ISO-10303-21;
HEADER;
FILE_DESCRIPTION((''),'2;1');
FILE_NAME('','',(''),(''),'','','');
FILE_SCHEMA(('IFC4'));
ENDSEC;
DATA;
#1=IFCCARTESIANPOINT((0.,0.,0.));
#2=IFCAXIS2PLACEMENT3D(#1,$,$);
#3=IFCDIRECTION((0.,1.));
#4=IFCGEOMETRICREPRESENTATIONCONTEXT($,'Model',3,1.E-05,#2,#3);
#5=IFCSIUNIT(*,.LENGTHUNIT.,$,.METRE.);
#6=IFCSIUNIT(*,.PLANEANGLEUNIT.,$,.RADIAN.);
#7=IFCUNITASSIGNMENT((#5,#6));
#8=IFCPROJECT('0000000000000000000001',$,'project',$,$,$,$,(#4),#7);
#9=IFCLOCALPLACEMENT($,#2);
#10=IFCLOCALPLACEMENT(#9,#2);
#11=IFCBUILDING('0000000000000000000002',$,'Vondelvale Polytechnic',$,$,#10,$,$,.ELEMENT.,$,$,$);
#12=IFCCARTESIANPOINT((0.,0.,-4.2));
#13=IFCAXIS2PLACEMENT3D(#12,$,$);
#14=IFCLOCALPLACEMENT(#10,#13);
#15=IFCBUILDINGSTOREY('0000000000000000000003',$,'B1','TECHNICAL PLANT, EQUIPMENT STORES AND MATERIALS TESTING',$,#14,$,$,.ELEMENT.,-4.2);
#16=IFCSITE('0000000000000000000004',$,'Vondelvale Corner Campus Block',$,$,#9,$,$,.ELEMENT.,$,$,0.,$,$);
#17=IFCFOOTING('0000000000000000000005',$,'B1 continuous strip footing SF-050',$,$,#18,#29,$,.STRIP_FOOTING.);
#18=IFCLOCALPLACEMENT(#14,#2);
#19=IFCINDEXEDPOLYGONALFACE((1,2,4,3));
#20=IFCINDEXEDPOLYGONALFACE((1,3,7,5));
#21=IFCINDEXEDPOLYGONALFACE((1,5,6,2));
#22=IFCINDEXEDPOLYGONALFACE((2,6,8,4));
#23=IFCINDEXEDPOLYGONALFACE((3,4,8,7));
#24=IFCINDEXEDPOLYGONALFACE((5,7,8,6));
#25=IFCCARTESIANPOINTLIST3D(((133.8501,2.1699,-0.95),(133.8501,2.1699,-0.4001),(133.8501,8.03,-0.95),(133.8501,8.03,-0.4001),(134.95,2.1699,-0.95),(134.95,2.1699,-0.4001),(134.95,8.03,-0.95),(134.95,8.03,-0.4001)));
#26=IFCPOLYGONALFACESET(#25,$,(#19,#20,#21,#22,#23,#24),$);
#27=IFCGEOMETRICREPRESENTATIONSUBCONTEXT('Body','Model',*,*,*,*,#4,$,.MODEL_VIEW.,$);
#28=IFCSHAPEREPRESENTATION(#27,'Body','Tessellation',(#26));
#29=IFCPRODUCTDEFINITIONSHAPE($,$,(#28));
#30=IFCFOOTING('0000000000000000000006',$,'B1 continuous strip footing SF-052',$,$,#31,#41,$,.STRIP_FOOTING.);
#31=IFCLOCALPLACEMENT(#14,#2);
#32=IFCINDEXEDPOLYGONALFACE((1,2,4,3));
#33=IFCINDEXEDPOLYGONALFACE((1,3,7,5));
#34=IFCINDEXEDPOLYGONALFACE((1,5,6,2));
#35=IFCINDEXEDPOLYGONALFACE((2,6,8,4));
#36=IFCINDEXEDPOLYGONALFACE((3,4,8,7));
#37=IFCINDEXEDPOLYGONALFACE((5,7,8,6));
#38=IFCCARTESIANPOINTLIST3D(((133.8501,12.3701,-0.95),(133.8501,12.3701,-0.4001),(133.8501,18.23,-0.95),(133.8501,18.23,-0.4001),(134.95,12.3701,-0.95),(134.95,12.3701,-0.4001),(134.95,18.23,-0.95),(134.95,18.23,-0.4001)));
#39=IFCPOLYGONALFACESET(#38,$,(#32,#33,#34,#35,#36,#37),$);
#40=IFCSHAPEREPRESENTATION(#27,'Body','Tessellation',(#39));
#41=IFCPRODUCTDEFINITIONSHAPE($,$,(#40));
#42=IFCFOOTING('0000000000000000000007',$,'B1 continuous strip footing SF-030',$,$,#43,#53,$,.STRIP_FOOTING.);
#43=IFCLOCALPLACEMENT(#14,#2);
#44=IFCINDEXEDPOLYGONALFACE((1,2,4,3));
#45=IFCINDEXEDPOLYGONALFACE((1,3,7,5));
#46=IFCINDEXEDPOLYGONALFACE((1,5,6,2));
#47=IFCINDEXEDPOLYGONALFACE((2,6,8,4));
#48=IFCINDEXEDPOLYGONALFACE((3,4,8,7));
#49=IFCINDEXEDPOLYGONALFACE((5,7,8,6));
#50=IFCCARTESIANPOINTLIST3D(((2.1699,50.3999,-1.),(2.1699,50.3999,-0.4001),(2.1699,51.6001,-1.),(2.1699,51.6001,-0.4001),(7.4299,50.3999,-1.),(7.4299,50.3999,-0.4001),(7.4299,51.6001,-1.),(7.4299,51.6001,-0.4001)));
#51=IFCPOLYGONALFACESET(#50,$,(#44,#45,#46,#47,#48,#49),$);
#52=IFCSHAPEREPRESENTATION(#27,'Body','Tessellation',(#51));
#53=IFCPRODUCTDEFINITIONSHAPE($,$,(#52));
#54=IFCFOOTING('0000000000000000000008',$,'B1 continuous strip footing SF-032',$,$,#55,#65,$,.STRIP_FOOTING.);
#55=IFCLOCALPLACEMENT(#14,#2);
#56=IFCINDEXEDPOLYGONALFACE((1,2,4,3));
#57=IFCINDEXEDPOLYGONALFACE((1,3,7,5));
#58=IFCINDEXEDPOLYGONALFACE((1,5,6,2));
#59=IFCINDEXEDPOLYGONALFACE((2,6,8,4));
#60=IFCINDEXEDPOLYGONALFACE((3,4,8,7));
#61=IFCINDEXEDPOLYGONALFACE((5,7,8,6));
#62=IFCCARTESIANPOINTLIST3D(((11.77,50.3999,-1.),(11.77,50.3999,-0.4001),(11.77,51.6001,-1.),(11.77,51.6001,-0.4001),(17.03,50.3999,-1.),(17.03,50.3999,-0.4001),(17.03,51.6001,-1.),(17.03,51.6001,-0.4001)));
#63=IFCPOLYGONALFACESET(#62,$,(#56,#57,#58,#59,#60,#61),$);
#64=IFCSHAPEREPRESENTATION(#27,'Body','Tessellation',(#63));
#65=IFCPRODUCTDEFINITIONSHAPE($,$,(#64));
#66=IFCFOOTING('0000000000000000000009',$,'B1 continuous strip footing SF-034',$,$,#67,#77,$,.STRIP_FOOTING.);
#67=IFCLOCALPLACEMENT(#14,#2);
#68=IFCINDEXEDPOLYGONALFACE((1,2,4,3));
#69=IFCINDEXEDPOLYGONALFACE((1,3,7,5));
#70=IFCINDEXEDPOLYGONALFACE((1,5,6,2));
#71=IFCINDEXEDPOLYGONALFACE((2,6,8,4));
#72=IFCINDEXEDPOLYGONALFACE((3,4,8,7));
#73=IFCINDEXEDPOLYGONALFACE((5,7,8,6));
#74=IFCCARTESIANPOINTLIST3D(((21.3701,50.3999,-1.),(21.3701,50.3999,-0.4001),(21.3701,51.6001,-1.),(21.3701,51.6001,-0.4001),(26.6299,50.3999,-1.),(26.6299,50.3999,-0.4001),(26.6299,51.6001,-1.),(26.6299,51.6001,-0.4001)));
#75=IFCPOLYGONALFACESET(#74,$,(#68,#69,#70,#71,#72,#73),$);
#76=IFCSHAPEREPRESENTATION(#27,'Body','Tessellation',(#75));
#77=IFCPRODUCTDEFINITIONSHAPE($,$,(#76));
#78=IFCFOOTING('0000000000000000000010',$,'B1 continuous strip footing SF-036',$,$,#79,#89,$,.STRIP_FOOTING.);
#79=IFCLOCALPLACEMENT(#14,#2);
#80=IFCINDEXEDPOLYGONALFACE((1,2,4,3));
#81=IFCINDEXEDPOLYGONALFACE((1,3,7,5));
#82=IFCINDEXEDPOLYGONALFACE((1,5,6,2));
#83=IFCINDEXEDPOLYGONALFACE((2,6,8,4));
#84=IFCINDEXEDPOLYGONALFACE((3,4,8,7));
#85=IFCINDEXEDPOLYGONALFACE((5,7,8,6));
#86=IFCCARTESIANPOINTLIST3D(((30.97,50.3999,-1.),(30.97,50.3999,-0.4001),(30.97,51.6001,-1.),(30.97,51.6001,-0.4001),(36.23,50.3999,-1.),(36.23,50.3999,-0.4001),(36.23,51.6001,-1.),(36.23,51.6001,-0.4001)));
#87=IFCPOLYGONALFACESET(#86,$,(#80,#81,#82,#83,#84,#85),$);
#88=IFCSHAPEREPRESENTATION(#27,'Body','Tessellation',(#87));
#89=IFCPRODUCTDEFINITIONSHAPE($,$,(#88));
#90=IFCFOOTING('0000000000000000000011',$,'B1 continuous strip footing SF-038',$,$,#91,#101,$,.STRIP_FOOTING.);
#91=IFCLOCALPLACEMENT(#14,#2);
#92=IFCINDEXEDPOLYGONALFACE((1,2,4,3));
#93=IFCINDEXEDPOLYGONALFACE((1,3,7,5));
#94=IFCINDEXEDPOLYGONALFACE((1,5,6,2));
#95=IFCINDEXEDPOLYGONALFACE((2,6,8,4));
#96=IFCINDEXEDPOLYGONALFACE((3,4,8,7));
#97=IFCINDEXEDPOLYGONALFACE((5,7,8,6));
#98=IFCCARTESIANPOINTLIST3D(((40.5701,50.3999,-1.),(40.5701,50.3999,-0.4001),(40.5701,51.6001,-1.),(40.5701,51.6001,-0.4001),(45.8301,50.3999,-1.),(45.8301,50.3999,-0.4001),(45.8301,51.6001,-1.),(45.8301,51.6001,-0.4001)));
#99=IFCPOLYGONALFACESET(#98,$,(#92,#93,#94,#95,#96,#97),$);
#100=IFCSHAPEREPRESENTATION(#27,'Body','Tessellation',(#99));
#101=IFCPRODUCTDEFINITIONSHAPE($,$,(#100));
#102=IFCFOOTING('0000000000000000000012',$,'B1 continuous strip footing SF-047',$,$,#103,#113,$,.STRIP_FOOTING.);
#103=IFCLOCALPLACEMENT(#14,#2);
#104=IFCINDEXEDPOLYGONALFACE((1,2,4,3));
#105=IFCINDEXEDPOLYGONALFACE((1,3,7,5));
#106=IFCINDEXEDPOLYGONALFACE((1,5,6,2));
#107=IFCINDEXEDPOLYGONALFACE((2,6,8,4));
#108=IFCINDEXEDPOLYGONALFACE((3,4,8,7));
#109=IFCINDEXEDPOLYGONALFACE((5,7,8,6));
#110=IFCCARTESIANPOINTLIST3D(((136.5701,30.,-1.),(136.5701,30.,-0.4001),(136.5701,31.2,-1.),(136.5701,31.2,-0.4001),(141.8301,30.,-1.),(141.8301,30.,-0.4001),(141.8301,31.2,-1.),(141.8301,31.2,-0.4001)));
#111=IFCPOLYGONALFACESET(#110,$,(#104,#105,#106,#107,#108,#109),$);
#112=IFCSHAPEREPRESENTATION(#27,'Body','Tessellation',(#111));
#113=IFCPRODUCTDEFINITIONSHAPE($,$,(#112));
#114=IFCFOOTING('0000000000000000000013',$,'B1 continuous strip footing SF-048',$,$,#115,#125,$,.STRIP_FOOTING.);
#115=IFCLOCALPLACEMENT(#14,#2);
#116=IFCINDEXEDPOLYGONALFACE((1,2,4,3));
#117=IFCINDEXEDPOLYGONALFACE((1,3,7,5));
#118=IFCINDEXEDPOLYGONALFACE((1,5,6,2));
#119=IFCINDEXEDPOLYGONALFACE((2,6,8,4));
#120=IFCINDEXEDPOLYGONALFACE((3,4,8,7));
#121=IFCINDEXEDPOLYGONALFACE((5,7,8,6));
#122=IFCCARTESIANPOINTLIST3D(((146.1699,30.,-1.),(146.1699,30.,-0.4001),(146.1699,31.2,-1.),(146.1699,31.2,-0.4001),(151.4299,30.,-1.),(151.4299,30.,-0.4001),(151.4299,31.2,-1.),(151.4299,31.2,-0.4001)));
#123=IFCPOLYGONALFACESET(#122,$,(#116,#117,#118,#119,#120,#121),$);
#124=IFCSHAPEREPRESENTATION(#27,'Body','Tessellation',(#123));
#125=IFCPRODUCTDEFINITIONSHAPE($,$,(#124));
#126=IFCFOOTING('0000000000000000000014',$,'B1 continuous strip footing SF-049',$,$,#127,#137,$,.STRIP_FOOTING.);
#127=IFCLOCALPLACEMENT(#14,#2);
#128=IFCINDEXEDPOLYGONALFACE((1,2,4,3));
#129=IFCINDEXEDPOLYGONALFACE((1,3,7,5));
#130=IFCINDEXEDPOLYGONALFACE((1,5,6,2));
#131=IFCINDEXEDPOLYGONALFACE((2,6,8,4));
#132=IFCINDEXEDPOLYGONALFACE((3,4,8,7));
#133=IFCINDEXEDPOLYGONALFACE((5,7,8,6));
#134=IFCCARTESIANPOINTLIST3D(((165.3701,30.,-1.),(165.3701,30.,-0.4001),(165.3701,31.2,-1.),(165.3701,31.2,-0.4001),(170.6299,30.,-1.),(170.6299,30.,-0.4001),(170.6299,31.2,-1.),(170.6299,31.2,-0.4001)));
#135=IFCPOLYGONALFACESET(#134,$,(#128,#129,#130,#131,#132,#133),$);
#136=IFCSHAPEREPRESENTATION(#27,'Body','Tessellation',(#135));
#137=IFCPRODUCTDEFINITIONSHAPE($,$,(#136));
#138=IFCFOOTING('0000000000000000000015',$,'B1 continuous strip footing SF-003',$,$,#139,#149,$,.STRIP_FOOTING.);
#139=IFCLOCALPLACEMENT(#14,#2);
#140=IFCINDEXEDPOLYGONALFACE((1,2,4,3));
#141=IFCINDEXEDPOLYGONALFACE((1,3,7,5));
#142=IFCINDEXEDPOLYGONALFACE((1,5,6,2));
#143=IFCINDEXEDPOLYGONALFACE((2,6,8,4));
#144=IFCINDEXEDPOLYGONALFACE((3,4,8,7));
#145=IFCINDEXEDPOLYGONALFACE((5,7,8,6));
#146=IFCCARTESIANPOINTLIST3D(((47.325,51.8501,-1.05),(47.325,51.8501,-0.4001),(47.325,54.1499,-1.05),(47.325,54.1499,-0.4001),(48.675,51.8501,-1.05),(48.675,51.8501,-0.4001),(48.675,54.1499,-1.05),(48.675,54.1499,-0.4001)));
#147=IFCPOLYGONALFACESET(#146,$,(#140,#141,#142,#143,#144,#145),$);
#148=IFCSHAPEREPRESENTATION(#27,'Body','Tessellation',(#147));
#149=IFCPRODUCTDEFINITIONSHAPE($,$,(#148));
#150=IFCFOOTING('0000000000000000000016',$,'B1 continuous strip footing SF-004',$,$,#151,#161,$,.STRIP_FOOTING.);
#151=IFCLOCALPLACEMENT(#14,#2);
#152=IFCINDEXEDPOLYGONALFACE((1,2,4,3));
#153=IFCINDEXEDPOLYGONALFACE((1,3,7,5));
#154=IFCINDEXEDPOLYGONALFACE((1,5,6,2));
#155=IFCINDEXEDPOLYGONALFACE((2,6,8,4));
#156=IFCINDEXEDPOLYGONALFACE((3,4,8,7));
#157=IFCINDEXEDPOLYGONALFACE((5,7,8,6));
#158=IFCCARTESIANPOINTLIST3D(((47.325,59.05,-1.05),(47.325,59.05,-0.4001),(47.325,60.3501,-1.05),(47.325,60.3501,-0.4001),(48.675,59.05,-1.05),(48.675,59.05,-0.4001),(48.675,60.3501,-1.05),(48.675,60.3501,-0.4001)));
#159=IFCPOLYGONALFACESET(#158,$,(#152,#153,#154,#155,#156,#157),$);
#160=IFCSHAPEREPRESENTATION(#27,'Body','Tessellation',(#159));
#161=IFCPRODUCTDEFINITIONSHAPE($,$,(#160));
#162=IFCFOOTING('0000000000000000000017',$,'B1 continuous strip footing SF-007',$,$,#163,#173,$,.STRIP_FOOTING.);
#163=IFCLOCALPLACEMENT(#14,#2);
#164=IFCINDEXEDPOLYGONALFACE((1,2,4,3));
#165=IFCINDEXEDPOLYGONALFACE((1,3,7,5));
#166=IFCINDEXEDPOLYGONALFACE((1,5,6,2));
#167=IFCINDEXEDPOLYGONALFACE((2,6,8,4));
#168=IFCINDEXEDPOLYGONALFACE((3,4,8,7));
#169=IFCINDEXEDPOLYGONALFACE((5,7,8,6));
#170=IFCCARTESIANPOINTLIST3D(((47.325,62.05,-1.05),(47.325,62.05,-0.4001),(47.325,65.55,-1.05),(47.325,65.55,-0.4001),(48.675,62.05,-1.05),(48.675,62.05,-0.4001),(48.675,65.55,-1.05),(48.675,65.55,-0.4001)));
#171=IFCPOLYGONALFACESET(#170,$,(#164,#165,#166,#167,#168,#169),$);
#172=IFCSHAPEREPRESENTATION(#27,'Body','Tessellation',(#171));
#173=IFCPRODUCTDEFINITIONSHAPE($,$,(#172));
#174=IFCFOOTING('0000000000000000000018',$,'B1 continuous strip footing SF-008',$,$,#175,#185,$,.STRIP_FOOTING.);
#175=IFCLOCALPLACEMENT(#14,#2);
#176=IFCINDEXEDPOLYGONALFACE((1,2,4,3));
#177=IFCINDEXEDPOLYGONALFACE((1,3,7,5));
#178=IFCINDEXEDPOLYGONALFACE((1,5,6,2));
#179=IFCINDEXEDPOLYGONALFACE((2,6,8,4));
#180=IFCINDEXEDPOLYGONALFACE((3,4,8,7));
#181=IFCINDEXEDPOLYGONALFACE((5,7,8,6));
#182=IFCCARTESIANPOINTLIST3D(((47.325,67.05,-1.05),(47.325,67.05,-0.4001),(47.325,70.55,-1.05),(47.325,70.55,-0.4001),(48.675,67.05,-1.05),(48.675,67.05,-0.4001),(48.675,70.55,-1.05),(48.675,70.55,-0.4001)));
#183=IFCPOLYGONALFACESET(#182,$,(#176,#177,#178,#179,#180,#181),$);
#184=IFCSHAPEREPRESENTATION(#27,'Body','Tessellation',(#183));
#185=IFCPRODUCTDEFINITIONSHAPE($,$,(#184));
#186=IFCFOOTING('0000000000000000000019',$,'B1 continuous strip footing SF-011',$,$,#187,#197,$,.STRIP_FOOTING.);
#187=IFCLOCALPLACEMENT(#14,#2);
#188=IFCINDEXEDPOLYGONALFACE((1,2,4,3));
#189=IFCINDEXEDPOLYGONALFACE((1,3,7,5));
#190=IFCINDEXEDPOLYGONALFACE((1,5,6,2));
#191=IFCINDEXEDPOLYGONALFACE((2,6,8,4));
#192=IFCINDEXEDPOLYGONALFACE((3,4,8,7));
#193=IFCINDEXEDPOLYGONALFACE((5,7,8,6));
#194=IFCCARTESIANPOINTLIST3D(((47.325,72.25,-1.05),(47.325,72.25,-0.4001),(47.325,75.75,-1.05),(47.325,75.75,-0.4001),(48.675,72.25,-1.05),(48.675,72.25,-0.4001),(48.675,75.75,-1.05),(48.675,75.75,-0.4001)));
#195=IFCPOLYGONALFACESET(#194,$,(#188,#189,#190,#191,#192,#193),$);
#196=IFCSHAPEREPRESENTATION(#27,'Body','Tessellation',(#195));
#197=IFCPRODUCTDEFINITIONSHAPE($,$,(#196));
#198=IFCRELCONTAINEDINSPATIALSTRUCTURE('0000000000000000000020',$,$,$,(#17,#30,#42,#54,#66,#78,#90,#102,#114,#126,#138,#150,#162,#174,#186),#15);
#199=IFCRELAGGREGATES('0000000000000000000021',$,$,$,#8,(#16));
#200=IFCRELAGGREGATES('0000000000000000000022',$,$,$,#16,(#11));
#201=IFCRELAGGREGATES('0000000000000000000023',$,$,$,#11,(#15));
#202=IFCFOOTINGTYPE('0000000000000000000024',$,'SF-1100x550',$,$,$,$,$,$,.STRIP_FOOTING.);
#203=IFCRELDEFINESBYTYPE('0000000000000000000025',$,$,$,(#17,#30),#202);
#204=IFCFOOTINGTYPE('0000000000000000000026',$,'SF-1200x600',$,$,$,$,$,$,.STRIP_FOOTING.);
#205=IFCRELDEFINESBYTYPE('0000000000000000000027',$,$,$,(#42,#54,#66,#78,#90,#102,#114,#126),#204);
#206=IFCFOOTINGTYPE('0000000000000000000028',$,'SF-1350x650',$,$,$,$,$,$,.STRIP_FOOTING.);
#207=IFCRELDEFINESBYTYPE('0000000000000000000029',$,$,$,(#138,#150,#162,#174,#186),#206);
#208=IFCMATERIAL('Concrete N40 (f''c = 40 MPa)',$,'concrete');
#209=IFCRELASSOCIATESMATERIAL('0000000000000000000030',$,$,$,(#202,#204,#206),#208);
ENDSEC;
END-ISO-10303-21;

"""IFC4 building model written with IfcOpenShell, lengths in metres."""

from ifc_helpers import new_model, si_unit, direction, frame, origin, place, context, subcontext, project, spatial, polyline, outline, extrude, material, type_object, element, save


model = new_model("IFC4")

# Units and contexts
model_context = context("Model", 3, precision=1e-05, world=origin(), true_north=direction((0.0, 1.0)))
body_context = subcontext(model_context, "Body", "Model", "MODEL_VIEW")
ifc_project = project(units=[si_unit("LENGTHUNIT", "METRE"), si_unit("PLANEANGLEUNIT", "RADIAN")], contexts=[model_context])

# Site, building, storey
site_placement = place(None, origin())
site = spatial("IfcSite", under=ifc_project, at=site_placement, Name="Vondelvale Corner Campus Block", CompositionType="ELEMENT", RefElevation=0.0)
building_placement = place(site_placement, origin())
building = spatial("IfcBuilding", under=site, at=building_placement, Name="Vondelvale Polytechnic", CompositionType="ELEMENT")
storey_placement = place(building_placement, frame((0.0, 0.0, -4.2)))
storey = spatial("IfcBuildingStorey", under=building, at=storey_placement, Name="B1", Description="TECHNICAL PLANT, EQUIPMENT STORES AND MATERIALS TESTING", CompositionType="ELEMENT", Elevation=-4.2)

# Footings
ifc_material = material(Name="Concrete N40 (f'c = 40 MPa)", Category="concrete")
footing_type_1 = type_object("IfcFootingType", Name="SF-1100x550", PredefinedType="STRIP_FOOTING", material=ifc_material)
footing_1_placement = place(storey_placement, frame((0.0, 0.0, -0.95)))
element("IfcFooting", 1, at=footing_1_placement, inside=storey, type_object=footing_type_1, Name="B1 continuous strip footing SF-050", PredefinedType="STRIP_FOOTING", context=body_context, shape_type="SweptSolid", body=[
    extrude(outline(polyline([(134.95, 2.1699), (133.8501, 2.1699), (133.8501, 8.03), (134.95, 8.03), (134.95, 2.1699)])), origin(), (0.0, 0.0, 1.0), 0.5498),
])
footing_2_placement = place(storey_placement, frame((0.0, 0.0, -0.95)))
element("IfcFooting", 2, at=footing_2_placement, inside=storey, type_object=footing_type_1, Name="B1 continuous strip footing SF-052", PredefinedType="STRIP_FOOTING", context=body_context, shape_type="SweptSolid", body=[
    extrude(outline(polyline([(134.95, 12.3701), (133.8501, 12.3701), (133.8501, 18.23), (134.95, 18.23), (134.95, 12.3701)])), origin(), (0.0, 0.0, 1.0), 0.5498),
])
footing_type_2 = type_object("IfcFootingType", Name="SF-1200x600", PredefinedType="STRIP_FOOTING", material=ifc_material)
footing_3_placement = place(storey_placement, frame((0.0, 0.0, -1.0)))
element("IfcFooting", 3, at=footing_3_placement, inside=storey, type_object=footing_type_2, Name="B1 continuous strip footing SF-030", PredefinedType="STRIP_FOOTING", context=body_context, shape_type="SweptSolid", body=[
    extrude(outline(polyline([(2.1699, 50.3999), (2.1699, 51.6001), (7.4299, 51.6001), (7.4299, 50.3999), (2.1699, 50.3999)])), origin(), (0.0, 0.0, 1.0), 0.5999),
])
footing_4_placement = place(storey_placement, frame((0.0, 0.0, -1.0)))
element("IfcFooting", 4, at=footing_4_placement, inside=storey, type_object=footing_type_2, Name="B1 continuous strip footing SF-032", PredefinedType="STRIP_FOOTING", context=body_context, shape_type="SweptSolid", body=[
    extrude(outline(polyline([(11.77, 50.3999), (11.77, 51.6001), (17.03, 51.6001), (17.03, 50.3999), (11.77, 50.3999)])), origin(), (0.0, 0.0, 1.0), 0.5999),
])
footing_5_placement = place(storey_placement, frame((0.0, 0.0, -1.0)))
element("IfcFooting", 5, at=footing_5_placement, inside=storey, type_object=footing_type_2, Name="B1 continuous strip footing SF-034", PredefinedType="STRIP_FOOTING", context=body_context, shape_type="SweptSolid", body=[
    extrude(outline(polyline([(21.3701, 50.3999), (21.3701, 51.6001), (26.6299, 51.6001), (26.6299, 50.3999), (21.3701, 50.3999)])), origin(), (0.0, 0.0, 1.0), 0.5999),
])
footing_6_placement = place(storey_placement, frame((0.0, 0.0, -1.0)))
element("IfcFooting", 6, at=footing_6_placement, inside=storey, type_object=footing_type_2, Name="B1 continuous strip footing SF-036", PredefinedType="STRIP_FOOTING", context=body_context, shape_type="SweptSolid", body=[
    extrude(outline(polyline([(30.97, 50.3999), (30.97, 51.6001), (36.23, 51.6001), (36.23, 50.3999), (30.97, 50.3999)])), origin(), (0.0, 0.0, 1.0), 0.5999),
])
footing_7_placement = place(storey_placement, frame((0.0, 0.0, -1.0)))
element("IfcFooting", 7, at=footing_7_placement, inside=storey, type_object=footing_type_2, Name="B1 continuous strip footing SF-038", PredefinedType="STRIP_FOOTING", context=body_context, shape_type="SweptSolid", body=[
    extrude(outline(polyline([(40.5701, 50.3999), (40.5701, 51.6001), (45.8301, 51.6001), (45.8301, 50.3999), (40.5701, 50.3999)])), origin(), (0.0, 0.0, 1.0), 0.5999),
])
footing_8_placement = place(storey_placement, frame((0.0, 0.0, -1.0)))
element("IfcFooting", 8, at=footing_8_placement, inside=storey, type_object=footing_type_2, Name="B1 continuous strip footing SF-047", PredefinedType="STRIP_FOOTING", context=body_context, shape_type="SweptSolid", body=[
    extrude(outline(polyline([(136.5701, 30.0), (136.5701, 31.2), (141.8301, 31.2), (141.8301, 30.0), (136.5701, 30.0)])), origin(), (0.0, 0.0, 1.0), 0.5999),
])
footing_9_placement = place(storey_placement, frame((0.0, 0.0, -1.0)))
element("IfcFooting", 9, at=footing_9_placement, inside=storey, type_object=footing_type_2, Name="B1 continuous strip footing SF-048", PredefinedType="STRIP_FOOTING", context=body_context, shape_type="SweptSolid", body=[
    extrude(outline(polyline([(146.1699, 30.0), (146.1699, 31.2), (151.4299, 31.2), (151.4299, 30.0), (146.1699, 30.0)])), origin(), (0.0, 0.0, 1.0), 0.5999),
])
footing_10_placement = place(storey_placement, frame((0.0, 0.0, -1.0)))
element("IfcFooting", 10, at=footing_10_placement, inside=storey, type_object=footing_type_2, Name="B1 continuous strip footing SF-049", PredefinedType="STRIP_FOOTING", context=body_context, shape_type="SweptSolid", body=[
    extrude(outline(polyline([(165.3701, 30.0), (165.3701, 31.2), (170.6299, 31.2), (170.6299, 30.0), (165.3701, 30.0)])), origin(), (0.0, 0.0, 1.0), 0.5999),
])
footing_type_3 = type_object("IfcFootingType", Name="SF-1350x650", PredefinedType="STRIP_FOOTING", material=ifc_material)
footing_11_placement = place(storey_placement, frame((0.0, 0.0, -1.05)))
element("IfcFooting", 11, at=footing_11_placement, inside=storey, type_object=footing_type_3, Name="B1 continuous strip footing SF-003", PredefinedType="STRIP_FOOTING", context=body_context, shape_type="SweptSolid", body=[
    extrude(outline(polyline([(48.675, 51.8501), (47.325, 51.8501), (47.325, 54.1499), (48.675, 54.1499), (48.675, 51.8501)])), origin(), (0.0, 0.0, 1.0), 0.6499),
])
footing_12_placement = place(storey_placement, frame((0.0, 0.0, -1.05)))
element("IfcFooting", 12, at=footing_12_placement, inside=storey, type_object=footing_type_3, Name="B1 continuous strip footing SF-004", PredefinedType="STRIP_FOOTING", context=body_context, shape_type="SweptSolid", body=[
    extrude(outline(polyline([(48.675, 59.05), (47.325, 59.05), (47.325, 60.3501), (48.675, 60.3501), (48.675, 59.05)])), origin(), (0.0, 0.0, 1.0), 0.6499),
])
footing_13_placement = place(storey_placement, frame((0.0, 0.0, -1.05)))
element("IfcFooting", 13, at=footing_13_placement, inside=storey, type_object=footing_type_3, Name="B1 continuous strip footing SF-007", PredefinedType="STRIP_FOOTING", context=body_context, shape_type="SweptSolid", body=[
    extrude(outline(polyline([(48.675, 62.05), (47.325, 62.05), (47.325, 65.55), (48.675, 65.55), (48.675, 62.05)])), origin(), (0.0, 0.0, 1.0), 0.6499),
])
footing_14_placement = place(storey_placement, frame((0.0, 0.0, -1.05)))
element("IfcFooting", 14, at=footing_14_placement, inside=storey, type_object=footing_type_3, Name="B1 continuous strip footing SF-008", PredefinedType="STRIP_FOOTING", context=body_context, shape_type="SweptSolid", body=[
    extrude(outline(polyline([(48.675, 67.05), (47.325, 67.05), (47.325, 70.55), (48.675, 70.55), (48.675, 67.05)])), origin(), (0.0, 0.0, 1.0), 0.6499),
])
footing_15_placement = place(storey_placement, frame((0.0, 0.0, -1.05)))
element("IfcFooting", 15, at=footing_15_placement, inside=storey, type_object=footing_type_3, Name="B1 continuous strip footing SF-011", PredefinedType="STRIP_FOOTING", context=body_context, shape_type="SweptSolid", body=[
    extrude(outline(polyline([(48.675, 72.25), (47.325, 72.25), (47.325, 75.75), (48.675, 75.75), (48.675, 72.25)])), origin(), (0.0, 0.0, 1.0), 0.6499),
])

save(model, "model.ifc")
